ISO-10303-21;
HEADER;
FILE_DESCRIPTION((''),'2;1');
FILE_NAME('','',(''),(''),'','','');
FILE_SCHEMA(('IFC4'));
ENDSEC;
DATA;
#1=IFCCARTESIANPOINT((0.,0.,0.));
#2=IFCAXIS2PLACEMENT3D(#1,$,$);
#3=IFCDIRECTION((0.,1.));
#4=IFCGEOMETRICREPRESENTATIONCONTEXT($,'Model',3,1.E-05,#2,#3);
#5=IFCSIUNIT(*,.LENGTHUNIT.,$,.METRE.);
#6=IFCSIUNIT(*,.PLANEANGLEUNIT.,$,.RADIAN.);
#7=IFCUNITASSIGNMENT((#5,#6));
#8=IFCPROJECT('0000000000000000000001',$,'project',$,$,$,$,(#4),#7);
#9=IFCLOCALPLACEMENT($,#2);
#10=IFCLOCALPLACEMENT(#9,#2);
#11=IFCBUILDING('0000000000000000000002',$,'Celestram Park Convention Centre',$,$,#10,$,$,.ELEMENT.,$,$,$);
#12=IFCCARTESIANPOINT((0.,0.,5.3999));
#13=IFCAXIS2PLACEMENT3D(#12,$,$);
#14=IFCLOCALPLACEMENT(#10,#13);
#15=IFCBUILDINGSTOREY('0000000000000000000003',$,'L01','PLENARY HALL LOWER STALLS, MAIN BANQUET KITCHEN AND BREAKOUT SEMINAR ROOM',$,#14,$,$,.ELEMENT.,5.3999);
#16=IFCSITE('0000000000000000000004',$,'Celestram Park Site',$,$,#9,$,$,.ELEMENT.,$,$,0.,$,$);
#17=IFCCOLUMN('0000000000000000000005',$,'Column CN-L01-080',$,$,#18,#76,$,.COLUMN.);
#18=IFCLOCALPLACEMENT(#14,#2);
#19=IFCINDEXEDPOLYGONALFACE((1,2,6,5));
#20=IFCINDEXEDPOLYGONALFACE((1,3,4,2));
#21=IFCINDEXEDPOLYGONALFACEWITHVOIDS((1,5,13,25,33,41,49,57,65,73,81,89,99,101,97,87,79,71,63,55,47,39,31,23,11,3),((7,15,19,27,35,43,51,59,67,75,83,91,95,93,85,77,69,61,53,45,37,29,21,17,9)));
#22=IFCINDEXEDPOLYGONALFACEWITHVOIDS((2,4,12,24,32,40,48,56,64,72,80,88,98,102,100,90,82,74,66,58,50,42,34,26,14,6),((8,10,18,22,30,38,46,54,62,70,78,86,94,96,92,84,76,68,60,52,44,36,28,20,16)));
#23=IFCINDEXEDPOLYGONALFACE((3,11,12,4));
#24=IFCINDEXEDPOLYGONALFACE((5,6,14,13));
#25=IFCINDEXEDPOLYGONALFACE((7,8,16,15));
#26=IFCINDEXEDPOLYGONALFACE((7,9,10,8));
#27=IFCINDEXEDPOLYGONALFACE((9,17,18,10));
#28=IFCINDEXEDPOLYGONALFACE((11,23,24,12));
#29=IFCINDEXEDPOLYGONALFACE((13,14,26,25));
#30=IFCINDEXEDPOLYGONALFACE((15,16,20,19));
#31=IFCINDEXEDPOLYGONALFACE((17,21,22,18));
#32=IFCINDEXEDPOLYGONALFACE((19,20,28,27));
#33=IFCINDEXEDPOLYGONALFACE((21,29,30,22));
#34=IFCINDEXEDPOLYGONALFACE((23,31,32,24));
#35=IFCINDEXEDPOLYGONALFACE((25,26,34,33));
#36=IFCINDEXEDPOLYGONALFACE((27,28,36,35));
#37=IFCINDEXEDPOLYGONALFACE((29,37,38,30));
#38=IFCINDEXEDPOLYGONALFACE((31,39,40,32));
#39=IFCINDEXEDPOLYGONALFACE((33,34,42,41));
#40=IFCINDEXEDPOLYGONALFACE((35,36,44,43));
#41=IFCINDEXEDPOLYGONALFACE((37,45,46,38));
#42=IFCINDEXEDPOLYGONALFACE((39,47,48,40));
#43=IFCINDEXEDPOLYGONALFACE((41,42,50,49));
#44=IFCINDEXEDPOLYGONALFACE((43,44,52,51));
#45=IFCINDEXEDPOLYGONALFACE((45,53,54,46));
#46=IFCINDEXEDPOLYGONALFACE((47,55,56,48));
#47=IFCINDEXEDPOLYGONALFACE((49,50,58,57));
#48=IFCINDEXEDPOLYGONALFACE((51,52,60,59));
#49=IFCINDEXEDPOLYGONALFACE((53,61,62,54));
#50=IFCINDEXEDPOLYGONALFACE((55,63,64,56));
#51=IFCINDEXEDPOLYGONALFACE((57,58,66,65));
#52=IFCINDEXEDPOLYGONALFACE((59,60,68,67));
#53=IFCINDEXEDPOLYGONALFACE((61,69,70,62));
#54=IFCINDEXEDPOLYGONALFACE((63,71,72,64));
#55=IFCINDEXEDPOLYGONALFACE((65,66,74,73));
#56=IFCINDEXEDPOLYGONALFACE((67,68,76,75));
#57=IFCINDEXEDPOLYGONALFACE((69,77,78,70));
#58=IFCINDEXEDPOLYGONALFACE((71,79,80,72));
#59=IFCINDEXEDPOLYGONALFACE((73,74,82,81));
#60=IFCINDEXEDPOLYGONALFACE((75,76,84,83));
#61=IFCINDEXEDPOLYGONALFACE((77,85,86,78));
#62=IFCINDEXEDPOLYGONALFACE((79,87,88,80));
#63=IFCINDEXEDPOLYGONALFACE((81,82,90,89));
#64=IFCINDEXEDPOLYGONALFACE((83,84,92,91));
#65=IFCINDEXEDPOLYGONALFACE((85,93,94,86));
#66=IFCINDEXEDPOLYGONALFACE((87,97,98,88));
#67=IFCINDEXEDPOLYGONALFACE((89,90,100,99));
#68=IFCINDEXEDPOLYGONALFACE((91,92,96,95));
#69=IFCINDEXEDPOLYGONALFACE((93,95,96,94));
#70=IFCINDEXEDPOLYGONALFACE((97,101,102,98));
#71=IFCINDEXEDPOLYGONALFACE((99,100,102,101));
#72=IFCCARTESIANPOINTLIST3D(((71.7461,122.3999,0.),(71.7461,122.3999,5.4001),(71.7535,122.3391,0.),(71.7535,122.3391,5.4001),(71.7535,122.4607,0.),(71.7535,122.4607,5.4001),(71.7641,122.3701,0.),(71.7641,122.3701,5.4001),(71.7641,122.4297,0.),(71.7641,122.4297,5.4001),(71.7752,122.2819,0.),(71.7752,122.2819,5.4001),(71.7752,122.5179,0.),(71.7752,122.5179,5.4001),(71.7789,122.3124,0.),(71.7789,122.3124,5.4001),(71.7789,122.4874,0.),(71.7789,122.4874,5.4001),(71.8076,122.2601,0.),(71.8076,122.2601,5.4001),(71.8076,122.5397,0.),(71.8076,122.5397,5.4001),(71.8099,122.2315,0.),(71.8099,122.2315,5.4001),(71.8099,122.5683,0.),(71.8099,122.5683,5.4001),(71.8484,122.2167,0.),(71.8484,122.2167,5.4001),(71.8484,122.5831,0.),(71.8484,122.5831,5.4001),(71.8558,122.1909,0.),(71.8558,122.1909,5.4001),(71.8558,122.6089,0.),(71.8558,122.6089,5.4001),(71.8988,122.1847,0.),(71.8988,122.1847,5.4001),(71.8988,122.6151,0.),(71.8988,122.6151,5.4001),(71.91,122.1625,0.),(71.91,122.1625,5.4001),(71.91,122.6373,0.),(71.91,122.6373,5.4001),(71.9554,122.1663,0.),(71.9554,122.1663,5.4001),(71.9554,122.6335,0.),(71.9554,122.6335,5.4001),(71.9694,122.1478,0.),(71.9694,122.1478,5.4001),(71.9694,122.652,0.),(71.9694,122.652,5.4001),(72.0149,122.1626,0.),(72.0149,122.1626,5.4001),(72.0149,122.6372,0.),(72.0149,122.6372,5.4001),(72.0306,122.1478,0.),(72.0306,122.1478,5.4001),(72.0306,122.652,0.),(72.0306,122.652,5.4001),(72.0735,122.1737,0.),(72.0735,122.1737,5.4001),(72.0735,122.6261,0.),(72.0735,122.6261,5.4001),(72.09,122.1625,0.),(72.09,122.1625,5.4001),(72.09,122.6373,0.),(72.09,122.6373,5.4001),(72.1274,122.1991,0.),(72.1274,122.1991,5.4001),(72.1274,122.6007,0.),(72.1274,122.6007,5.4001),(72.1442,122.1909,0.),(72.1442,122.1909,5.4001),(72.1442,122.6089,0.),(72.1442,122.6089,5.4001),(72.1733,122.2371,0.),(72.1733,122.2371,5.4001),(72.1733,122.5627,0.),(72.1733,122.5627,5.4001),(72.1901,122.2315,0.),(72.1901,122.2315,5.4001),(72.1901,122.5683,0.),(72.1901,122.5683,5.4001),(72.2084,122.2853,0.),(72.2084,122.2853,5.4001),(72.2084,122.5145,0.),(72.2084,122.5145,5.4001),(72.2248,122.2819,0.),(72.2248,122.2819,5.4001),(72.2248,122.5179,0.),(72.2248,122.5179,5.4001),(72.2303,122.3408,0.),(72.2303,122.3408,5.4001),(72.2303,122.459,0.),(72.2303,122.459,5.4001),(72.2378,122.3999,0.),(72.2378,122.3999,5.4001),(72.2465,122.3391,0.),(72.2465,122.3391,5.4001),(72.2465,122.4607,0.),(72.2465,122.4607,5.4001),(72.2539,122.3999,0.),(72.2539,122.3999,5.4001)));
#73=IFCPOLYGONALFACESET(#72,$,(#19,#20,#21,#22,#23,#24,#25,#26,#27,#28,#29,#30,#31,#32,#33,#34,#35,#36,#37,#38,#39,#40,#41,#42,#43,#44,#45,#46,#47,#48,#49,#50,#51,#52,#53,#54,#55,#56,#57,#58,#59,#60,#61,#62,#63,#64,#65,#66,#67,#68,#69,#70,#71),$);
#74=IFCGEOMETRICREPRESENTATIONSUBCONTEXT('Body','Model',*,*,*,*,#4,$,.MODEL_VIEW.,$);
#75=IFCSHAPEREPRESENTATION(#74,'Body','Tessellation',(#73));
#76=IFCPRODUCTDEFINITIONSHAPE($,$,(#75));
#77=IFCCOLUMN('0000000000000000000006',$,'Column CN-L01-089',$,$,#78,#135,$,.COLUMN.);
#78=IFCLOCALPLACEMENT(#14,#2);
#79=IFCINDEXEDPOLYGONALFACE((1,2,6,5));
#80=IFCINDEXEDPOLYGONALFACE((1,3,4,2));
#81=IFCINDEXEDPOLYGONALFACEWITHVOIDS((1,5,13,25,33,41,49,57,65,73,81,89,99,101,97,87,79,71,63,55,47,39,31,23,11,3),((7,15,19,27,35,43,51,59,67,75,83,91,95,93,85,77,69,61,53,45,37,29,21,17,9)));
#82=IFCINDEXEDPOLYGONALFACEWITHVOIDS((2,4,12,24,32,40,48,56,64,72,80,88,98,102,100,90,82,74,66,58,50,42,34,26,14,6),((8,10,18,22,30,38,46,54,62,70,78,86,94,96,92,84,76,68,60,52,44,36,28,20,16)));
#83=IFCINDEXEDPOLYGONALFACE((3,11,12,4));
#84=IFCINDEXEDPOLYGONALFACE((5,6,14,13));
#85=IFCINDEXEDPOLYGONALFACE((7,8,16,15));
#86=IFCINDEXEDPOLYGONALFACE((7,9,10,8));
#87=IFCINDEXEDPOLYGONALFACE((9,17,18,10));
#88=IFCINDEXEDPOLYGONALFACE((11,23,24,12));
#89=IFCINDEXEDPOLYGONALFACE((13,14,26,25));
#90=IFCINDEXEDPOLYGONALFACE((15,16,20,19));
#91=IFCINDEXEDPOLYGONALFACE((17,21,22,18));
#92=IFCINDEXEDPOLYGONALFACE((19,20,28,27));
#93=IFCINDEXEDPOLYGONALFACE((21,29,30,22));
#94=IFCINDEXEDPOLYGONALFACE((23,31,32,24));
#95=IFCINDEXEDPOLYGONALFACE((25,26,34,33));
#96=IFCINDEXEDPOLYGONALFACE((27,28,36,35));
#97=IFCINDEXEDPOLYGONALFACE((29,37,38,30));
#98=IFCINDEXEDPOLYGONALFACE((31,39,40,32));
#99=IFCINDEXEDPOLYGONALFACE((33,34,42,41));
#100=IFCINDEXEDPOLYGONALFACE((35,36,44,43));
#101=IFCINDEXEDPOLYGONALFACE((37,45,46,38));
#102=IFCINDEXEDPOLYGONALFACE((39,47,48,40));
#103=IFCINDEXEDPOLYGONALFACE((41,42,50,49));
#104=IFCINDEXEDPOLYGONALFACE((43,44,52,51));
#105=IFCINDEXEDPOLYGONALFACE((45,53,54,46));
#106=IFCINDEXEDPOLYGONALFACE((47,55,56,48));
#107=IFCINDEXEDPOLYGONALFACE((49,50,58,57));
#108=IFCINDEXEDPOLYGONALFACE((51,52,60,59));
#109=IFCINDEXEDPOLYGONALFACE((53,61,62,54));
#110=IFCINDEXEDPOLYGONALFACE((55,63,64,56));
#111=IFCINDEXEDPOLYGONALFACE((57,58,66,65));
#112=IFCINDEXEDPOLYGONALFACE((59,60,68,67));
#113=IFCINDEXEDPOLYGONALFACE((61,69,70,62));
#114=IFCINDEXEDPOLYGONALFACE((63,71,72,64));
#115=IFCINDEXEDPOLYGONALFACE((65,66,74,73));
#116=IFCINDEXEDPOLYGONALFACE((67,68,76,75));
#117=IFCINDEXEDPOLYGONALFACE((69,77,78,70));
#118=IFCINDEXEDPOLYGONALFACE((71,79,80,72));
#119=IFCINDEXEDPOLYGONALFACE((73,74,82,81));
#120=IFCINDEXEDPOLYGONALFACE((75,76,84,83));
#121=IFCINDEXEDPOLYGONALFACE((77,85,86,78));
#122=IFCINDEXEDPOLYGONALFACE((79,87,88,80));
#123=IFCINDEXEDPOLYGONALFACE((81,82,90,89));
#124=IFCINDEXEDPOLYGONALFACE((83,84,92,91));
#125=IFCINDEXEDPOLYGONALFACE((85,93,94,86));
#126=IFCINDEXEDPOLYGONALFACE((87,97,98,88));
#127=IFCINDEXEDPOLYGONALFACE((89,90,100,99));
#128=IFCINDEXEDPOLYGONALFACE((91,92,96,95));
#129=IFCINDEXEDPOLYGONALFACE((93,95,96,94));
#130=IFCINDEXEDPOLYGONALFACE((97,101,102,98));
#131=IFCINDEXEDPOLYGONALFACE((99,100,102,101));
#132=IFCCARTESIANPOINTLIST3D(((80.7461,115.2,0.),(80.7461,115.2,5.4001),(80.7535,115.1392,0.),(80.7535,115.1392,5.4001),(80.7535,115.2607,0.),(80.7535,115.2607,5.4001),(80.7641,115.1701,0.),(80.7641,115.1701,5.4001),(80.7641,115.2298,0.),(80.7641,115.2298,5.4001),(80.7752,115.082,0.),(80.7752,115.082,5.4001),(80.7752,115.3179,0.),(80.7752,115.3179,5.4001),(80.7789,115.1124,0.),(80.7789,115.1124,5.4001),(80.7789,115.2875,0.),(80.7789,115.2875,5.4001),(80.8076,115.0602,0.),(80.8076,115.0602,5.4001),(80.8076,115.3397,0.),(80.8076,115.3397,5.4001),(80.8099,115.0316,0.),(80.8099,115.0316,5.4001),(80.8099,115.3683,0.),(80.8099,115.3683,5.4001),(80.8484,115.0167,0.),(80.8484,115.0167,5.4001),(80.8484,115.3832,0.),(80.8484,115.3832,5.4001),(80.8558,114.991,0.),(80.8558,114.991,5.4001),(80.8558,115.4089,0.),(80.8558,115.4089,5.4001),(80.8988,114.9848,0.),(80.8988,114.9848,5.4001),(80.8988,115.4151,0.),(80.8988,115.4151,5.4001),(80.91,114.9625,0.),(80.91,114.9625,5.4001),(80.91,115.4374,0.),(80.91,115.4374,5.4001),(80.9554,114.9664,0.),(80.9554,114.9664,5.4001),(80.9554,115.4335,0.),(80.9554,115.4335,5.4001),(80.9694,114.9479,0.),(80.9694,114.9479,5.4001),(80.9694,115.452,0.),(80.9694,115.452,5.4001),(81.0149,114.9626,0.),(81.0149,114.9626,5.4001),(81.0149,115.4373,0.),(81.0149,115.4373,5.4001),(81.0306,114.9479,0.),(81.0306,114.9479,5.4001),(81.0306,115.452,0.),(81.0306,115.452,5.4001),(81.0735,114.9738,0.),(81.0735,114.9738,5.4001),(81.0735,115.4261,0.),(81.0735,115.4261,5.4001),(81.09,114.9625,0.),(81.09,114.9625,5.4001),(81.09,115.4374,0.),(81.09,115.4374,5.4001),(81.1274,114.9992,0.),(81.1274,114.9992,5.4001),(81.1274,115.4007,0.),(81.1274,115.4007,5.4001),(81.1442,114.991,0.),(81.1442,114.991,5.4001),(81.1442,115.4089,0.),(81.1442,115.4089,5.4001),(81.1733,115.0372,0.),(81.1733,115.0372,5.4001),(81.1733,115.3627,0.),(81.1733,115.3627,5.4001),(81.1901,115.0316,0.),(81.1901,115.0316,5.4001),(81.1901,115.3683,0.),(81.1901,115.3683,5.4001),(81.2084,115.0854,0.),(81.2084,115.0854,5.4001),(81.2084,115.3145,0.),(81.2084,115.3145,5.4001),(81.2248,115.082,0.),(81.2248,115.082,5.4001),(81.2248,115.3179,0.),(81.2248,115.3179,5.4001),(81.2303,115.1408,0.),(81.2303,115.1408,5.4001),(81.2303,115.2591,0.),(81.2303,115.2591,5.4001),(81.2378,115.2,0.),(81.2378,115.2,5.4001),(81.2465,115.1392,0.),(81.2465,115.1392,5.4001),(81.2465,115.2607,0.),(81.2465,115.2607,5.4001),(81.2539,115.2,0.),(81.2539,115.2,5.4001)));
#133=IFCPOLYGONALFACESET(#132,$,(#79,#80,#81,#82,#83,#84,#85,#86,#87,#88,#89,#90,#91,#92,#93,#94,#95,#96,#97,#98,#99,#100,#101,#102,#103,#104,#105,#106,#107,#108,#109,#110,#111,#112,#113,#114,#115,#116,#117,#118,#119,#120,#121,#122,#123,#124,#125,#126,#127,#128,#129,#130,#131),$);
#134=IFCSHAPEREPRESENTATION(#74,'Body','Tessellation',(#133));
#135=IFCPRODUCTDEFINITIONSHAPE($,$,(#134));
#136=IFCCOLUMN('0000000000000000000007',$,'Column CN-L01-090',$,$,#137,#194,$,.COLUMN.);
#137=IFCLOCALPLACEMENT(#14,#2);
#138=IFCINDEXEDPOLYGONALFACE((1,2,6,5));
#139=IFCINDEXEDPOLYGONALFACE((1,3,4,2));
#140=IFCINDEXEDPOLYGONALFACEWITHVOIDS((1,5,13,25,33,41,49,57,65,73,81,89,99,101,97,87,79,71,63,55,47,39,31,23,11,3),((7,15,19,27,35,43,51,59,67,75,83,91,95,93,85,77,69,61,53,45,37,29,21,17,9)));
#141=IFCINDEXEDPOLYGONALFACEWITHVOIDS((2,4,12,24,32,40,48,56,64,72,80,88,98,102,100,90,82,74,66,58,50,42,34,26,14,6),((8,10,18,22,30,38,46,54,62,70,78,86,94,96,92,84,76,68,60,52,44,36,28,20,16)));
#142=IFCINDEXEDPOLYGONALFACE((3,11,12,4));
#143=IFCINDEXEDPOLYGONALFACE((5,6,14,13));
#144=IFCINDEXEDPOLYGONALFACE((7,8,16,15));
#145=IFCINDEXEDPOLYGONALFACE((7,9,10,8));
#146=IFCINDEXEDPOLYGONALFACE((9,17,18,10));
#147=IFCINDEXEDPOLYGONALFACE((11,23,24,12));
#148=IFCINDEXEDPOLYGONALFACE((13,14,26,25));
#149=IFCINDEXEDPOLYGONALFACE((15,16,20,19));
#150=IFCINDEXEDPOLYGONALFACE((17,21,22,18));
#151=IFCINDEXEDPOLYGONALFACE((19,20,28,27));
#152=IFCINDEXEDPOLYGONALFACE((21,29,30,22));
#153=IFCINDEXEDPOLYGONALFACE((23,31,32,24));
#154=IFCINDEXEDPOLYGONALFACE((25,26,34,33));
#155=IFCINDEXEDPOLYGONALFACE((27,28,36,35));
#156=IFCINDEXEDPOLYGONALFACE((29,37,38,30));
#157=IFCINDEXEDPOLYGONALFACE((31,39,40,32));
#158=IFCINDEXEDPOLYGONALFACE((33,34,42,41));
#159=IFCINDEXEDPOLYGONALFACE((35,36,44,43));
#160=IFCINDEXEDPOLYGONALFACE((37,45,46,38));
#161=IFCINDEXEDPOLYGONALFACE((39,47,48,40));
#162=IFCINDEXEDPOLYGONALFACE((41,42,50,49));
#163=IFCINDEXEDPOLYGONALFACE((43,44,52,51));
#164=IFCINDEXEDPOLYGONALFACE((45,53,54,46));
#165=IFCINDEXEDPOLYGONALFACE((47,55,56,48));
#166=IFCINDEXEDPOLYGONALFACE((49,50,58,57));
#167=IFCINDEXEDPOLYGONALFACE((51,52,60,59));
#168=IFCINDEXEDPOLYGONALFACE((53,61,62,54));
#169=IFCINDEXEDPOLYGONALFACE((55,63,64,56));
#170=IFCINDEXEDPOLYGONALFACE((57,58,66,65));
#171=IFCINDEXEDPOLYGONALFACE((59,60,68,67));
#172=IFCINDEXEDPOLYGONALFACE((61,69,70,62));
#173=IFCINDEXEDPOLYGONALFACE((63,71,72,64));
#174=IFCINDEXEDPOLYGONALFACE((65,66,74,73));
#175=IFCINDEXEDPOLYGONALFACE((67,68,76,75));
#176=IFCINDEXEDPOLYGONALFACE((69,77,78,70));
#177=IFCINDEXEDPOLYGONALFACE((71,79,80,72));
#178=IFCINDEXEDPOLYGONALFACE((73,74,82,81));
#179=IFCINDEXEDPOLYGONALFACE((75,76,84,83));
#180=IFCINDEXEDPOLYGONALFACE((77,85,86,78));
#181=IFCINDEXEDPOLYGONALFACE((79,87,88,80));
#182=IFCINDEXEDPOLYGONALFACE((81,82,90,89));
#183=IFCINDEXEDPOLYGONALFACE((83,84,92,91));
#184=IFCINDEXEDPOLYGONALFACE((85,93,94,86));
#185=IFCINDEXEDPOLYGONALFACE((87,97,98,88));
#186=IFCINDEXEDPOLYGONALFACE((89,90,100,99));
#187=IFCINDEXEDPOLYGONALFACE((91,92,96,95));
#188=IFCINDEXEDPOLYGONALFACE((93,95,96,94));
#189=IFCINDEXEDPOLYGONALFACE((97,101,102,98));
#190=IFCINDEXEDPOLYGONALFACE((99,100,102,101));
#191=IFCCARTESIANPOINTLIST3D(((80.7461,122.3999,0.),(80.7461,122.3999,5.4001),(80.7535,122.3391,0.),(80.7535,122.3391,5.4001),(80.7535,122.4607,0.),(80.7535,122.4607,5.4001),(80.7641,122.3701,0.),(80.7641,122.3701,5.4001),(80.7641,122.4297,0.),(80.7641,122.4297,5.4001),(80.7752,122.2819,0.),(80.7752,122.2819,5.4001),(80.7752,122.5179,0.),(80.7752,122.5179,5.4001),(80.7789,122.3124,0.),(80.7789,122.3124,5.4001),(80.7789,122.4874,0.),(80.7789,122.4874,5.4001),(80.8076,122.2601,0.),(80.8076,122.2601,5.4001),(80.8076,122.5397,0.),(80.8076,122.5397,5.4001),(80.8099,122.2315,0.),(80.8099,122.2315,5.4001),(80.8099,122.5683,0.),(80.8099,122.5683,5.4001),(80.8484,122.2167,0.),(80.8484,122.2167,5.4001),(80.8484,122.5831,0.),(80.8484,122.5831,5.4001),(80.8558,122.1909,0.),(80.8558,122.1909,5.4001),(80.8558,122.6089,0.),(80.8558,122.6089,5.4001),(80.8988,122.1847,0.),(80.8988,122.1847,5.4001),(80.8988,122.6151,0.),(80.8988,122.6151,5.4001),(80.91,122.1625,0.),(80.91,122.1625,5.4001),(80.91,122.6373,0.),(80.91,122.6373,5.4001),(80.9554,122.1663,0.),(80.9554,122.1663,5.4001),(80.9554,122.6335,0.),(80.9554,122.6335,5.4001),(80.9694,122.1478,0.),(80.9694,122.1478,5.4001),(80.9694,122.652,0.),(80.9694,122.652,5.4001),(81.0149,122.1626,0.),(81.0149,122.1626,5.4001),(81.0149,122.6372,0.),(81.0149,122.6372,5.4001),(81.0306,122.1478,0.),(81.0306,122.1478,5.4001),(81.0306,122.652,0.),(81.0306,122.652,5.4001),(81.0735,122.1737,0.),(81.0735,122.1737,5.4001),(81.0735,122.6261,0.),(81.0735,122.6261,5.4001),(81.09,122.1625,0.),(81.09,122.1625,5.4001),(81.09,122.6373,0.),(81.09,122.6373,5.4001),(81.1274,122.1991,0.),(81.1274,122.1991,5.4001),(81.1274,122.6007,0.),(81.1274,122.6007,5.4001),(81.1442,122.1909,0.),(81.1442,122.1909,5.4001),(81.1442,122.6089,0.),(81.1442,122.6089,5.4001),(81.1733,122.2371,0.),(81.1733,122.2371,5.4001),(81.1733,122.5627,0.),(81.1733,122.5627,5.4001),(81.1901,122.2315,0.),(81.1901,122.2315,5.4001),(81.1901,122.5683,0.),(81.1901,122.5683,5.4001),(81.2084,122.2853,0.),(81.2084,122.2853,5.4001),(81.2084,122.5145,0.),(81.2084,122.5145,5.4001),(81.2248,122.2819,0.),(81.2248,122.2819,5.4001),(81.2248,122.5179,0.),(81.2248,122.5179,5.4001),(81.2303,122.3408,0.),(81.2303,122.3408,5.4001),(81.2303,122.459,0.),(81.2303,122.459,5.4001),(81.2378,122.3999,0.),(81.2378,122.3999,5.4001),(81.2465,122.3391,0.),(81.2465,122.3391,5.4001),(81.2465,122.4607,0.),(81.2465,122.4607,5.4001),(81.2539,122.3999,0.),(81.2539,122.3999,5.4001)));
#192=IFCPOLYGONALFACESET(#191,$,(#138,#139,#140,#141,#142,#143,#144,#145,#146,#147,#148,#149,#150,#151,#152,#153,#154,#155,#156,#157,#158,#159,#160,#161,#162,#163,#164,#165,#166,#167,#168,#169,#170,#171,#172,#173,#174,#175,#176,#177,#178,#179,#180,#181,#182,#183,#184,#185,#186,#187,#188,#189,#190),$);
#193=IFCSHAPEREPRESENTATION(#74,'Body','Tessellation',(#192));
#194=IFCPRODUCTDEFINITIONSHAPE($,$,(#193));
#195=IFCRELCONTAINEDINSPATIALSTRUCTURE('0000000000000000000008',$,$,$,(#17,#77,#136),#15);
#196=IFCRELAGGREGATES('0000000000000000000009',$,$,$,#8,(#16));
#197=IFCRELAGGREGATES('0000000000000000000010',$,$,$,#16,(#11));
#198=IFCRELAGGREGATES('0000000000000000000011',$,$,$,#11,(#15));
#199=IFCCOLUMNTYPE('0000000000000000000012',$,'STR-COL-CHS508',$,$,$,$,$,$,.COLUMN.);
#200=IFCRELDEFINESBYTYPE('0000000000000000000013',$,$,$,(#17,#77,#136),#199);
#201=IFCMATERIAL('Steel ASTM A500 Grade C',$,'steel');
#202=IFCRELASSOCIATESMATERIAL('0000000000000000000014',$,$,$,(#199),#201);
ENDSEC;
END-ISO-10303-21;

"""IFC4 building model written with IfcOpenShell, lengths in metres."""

from ifc_helpers import new_model, si_unit, direction, frame, origin, origin_2d, place, context, subcontext, project, spatial, hollow_circle, extrude, material, material_profile, profile_set, type_object, element, save


model = new_model("IFC4")

# Units and contexts
model_context = context("Model", 3, precision=1e-05, world=origin(), true_north=direction((0.0, 1.0)))
body_context = subcontext(model_context, "Body", "Model", "MODEL_VIEW")
ifc_project = project(units=[si_unit("LENGTHUNIT", "METRE"), si_unit("PLANEANGLEUNIT", "RADIAN")], contexts=[model_context])

# Site, building, storey
site_placement = place(None, origin())
site = spatial("IfcSite", under=ifc_project, at=site_placement, Name="Celestram Park Site", CompositionType="ELEMENT", RefElevation=0.0)
building_placement = place(site_placement, origin())
building = spatial("IfcBuilding", under=site, at=building_placement, Name="Celestram Park Convention Centre", CompositionType="ELEMENT")
storey_placement = place(building_placement, frame((0.0, 0.0, 5.3999)))
storey = spatial("IfcBuildingStorey", under=building, at=storey_placement, Name="L01", Description="PLENARY HALL LOWER STALLS, MAIN BANQUET KITCHEN AND BREAKOUT SEMINAR ROOM", CompositionType="ELEMENT", Elevation=5.3999)

# Columns
ifc_material_1 = material(Name="Steel ASTM A500 Grade C", Category="steel")
ifc_material_profile_1 = material_profile(ifc_material_1, hollow_circle(Radius=0.2539, WallThickness=0.0161, at=origin_2d()), Name="CHS508X16")
ifc_profile_set_1 = profile_set([ifc_material_profile_1], Name="Steel ASTM A500 Grade C")
column_type_1 = type_object("IfcColumnType", Name="STR-COL-CHS508", PredefinedType="COLUMN", material=ifc_profile_set_1)
for number, where, z_axis, x_axis, name in (
    (1, (72.0, 122.3999, 0.0), (0.0, 0.0, 1.0), (1.0, 0.0, 0.0), "Column CN-L01-080"),
    (2, (81.0, 115.2, 0.0), (0.0, 0.0, 1.0), (1.0, 0.0, 0.0), "Column CN-L01-089"),
    (3, (81.0, 122.3999, 0.0), (0.0, 0.0, 1.0), (1.0, 0.0, 0.0), "Column CN-L01-090"),
):
    element("IfcColumn", number, at=place(storey_placement, frame(where, z_axis=z_axis, x_axis=x_axis)), inside=storey, type_object=column_type_1, Name=name, PredefinedType="COLUMN", context=body_context, shape_type="SweptSolid", body=[
        extrude(hollow_circle(Radius=0.2539, WallThickness=0.0161, at=origin_2d()), origin(), (0.0, 0.0, 1.0), 5.4001),
    ])

save(model, "model.ifc")
